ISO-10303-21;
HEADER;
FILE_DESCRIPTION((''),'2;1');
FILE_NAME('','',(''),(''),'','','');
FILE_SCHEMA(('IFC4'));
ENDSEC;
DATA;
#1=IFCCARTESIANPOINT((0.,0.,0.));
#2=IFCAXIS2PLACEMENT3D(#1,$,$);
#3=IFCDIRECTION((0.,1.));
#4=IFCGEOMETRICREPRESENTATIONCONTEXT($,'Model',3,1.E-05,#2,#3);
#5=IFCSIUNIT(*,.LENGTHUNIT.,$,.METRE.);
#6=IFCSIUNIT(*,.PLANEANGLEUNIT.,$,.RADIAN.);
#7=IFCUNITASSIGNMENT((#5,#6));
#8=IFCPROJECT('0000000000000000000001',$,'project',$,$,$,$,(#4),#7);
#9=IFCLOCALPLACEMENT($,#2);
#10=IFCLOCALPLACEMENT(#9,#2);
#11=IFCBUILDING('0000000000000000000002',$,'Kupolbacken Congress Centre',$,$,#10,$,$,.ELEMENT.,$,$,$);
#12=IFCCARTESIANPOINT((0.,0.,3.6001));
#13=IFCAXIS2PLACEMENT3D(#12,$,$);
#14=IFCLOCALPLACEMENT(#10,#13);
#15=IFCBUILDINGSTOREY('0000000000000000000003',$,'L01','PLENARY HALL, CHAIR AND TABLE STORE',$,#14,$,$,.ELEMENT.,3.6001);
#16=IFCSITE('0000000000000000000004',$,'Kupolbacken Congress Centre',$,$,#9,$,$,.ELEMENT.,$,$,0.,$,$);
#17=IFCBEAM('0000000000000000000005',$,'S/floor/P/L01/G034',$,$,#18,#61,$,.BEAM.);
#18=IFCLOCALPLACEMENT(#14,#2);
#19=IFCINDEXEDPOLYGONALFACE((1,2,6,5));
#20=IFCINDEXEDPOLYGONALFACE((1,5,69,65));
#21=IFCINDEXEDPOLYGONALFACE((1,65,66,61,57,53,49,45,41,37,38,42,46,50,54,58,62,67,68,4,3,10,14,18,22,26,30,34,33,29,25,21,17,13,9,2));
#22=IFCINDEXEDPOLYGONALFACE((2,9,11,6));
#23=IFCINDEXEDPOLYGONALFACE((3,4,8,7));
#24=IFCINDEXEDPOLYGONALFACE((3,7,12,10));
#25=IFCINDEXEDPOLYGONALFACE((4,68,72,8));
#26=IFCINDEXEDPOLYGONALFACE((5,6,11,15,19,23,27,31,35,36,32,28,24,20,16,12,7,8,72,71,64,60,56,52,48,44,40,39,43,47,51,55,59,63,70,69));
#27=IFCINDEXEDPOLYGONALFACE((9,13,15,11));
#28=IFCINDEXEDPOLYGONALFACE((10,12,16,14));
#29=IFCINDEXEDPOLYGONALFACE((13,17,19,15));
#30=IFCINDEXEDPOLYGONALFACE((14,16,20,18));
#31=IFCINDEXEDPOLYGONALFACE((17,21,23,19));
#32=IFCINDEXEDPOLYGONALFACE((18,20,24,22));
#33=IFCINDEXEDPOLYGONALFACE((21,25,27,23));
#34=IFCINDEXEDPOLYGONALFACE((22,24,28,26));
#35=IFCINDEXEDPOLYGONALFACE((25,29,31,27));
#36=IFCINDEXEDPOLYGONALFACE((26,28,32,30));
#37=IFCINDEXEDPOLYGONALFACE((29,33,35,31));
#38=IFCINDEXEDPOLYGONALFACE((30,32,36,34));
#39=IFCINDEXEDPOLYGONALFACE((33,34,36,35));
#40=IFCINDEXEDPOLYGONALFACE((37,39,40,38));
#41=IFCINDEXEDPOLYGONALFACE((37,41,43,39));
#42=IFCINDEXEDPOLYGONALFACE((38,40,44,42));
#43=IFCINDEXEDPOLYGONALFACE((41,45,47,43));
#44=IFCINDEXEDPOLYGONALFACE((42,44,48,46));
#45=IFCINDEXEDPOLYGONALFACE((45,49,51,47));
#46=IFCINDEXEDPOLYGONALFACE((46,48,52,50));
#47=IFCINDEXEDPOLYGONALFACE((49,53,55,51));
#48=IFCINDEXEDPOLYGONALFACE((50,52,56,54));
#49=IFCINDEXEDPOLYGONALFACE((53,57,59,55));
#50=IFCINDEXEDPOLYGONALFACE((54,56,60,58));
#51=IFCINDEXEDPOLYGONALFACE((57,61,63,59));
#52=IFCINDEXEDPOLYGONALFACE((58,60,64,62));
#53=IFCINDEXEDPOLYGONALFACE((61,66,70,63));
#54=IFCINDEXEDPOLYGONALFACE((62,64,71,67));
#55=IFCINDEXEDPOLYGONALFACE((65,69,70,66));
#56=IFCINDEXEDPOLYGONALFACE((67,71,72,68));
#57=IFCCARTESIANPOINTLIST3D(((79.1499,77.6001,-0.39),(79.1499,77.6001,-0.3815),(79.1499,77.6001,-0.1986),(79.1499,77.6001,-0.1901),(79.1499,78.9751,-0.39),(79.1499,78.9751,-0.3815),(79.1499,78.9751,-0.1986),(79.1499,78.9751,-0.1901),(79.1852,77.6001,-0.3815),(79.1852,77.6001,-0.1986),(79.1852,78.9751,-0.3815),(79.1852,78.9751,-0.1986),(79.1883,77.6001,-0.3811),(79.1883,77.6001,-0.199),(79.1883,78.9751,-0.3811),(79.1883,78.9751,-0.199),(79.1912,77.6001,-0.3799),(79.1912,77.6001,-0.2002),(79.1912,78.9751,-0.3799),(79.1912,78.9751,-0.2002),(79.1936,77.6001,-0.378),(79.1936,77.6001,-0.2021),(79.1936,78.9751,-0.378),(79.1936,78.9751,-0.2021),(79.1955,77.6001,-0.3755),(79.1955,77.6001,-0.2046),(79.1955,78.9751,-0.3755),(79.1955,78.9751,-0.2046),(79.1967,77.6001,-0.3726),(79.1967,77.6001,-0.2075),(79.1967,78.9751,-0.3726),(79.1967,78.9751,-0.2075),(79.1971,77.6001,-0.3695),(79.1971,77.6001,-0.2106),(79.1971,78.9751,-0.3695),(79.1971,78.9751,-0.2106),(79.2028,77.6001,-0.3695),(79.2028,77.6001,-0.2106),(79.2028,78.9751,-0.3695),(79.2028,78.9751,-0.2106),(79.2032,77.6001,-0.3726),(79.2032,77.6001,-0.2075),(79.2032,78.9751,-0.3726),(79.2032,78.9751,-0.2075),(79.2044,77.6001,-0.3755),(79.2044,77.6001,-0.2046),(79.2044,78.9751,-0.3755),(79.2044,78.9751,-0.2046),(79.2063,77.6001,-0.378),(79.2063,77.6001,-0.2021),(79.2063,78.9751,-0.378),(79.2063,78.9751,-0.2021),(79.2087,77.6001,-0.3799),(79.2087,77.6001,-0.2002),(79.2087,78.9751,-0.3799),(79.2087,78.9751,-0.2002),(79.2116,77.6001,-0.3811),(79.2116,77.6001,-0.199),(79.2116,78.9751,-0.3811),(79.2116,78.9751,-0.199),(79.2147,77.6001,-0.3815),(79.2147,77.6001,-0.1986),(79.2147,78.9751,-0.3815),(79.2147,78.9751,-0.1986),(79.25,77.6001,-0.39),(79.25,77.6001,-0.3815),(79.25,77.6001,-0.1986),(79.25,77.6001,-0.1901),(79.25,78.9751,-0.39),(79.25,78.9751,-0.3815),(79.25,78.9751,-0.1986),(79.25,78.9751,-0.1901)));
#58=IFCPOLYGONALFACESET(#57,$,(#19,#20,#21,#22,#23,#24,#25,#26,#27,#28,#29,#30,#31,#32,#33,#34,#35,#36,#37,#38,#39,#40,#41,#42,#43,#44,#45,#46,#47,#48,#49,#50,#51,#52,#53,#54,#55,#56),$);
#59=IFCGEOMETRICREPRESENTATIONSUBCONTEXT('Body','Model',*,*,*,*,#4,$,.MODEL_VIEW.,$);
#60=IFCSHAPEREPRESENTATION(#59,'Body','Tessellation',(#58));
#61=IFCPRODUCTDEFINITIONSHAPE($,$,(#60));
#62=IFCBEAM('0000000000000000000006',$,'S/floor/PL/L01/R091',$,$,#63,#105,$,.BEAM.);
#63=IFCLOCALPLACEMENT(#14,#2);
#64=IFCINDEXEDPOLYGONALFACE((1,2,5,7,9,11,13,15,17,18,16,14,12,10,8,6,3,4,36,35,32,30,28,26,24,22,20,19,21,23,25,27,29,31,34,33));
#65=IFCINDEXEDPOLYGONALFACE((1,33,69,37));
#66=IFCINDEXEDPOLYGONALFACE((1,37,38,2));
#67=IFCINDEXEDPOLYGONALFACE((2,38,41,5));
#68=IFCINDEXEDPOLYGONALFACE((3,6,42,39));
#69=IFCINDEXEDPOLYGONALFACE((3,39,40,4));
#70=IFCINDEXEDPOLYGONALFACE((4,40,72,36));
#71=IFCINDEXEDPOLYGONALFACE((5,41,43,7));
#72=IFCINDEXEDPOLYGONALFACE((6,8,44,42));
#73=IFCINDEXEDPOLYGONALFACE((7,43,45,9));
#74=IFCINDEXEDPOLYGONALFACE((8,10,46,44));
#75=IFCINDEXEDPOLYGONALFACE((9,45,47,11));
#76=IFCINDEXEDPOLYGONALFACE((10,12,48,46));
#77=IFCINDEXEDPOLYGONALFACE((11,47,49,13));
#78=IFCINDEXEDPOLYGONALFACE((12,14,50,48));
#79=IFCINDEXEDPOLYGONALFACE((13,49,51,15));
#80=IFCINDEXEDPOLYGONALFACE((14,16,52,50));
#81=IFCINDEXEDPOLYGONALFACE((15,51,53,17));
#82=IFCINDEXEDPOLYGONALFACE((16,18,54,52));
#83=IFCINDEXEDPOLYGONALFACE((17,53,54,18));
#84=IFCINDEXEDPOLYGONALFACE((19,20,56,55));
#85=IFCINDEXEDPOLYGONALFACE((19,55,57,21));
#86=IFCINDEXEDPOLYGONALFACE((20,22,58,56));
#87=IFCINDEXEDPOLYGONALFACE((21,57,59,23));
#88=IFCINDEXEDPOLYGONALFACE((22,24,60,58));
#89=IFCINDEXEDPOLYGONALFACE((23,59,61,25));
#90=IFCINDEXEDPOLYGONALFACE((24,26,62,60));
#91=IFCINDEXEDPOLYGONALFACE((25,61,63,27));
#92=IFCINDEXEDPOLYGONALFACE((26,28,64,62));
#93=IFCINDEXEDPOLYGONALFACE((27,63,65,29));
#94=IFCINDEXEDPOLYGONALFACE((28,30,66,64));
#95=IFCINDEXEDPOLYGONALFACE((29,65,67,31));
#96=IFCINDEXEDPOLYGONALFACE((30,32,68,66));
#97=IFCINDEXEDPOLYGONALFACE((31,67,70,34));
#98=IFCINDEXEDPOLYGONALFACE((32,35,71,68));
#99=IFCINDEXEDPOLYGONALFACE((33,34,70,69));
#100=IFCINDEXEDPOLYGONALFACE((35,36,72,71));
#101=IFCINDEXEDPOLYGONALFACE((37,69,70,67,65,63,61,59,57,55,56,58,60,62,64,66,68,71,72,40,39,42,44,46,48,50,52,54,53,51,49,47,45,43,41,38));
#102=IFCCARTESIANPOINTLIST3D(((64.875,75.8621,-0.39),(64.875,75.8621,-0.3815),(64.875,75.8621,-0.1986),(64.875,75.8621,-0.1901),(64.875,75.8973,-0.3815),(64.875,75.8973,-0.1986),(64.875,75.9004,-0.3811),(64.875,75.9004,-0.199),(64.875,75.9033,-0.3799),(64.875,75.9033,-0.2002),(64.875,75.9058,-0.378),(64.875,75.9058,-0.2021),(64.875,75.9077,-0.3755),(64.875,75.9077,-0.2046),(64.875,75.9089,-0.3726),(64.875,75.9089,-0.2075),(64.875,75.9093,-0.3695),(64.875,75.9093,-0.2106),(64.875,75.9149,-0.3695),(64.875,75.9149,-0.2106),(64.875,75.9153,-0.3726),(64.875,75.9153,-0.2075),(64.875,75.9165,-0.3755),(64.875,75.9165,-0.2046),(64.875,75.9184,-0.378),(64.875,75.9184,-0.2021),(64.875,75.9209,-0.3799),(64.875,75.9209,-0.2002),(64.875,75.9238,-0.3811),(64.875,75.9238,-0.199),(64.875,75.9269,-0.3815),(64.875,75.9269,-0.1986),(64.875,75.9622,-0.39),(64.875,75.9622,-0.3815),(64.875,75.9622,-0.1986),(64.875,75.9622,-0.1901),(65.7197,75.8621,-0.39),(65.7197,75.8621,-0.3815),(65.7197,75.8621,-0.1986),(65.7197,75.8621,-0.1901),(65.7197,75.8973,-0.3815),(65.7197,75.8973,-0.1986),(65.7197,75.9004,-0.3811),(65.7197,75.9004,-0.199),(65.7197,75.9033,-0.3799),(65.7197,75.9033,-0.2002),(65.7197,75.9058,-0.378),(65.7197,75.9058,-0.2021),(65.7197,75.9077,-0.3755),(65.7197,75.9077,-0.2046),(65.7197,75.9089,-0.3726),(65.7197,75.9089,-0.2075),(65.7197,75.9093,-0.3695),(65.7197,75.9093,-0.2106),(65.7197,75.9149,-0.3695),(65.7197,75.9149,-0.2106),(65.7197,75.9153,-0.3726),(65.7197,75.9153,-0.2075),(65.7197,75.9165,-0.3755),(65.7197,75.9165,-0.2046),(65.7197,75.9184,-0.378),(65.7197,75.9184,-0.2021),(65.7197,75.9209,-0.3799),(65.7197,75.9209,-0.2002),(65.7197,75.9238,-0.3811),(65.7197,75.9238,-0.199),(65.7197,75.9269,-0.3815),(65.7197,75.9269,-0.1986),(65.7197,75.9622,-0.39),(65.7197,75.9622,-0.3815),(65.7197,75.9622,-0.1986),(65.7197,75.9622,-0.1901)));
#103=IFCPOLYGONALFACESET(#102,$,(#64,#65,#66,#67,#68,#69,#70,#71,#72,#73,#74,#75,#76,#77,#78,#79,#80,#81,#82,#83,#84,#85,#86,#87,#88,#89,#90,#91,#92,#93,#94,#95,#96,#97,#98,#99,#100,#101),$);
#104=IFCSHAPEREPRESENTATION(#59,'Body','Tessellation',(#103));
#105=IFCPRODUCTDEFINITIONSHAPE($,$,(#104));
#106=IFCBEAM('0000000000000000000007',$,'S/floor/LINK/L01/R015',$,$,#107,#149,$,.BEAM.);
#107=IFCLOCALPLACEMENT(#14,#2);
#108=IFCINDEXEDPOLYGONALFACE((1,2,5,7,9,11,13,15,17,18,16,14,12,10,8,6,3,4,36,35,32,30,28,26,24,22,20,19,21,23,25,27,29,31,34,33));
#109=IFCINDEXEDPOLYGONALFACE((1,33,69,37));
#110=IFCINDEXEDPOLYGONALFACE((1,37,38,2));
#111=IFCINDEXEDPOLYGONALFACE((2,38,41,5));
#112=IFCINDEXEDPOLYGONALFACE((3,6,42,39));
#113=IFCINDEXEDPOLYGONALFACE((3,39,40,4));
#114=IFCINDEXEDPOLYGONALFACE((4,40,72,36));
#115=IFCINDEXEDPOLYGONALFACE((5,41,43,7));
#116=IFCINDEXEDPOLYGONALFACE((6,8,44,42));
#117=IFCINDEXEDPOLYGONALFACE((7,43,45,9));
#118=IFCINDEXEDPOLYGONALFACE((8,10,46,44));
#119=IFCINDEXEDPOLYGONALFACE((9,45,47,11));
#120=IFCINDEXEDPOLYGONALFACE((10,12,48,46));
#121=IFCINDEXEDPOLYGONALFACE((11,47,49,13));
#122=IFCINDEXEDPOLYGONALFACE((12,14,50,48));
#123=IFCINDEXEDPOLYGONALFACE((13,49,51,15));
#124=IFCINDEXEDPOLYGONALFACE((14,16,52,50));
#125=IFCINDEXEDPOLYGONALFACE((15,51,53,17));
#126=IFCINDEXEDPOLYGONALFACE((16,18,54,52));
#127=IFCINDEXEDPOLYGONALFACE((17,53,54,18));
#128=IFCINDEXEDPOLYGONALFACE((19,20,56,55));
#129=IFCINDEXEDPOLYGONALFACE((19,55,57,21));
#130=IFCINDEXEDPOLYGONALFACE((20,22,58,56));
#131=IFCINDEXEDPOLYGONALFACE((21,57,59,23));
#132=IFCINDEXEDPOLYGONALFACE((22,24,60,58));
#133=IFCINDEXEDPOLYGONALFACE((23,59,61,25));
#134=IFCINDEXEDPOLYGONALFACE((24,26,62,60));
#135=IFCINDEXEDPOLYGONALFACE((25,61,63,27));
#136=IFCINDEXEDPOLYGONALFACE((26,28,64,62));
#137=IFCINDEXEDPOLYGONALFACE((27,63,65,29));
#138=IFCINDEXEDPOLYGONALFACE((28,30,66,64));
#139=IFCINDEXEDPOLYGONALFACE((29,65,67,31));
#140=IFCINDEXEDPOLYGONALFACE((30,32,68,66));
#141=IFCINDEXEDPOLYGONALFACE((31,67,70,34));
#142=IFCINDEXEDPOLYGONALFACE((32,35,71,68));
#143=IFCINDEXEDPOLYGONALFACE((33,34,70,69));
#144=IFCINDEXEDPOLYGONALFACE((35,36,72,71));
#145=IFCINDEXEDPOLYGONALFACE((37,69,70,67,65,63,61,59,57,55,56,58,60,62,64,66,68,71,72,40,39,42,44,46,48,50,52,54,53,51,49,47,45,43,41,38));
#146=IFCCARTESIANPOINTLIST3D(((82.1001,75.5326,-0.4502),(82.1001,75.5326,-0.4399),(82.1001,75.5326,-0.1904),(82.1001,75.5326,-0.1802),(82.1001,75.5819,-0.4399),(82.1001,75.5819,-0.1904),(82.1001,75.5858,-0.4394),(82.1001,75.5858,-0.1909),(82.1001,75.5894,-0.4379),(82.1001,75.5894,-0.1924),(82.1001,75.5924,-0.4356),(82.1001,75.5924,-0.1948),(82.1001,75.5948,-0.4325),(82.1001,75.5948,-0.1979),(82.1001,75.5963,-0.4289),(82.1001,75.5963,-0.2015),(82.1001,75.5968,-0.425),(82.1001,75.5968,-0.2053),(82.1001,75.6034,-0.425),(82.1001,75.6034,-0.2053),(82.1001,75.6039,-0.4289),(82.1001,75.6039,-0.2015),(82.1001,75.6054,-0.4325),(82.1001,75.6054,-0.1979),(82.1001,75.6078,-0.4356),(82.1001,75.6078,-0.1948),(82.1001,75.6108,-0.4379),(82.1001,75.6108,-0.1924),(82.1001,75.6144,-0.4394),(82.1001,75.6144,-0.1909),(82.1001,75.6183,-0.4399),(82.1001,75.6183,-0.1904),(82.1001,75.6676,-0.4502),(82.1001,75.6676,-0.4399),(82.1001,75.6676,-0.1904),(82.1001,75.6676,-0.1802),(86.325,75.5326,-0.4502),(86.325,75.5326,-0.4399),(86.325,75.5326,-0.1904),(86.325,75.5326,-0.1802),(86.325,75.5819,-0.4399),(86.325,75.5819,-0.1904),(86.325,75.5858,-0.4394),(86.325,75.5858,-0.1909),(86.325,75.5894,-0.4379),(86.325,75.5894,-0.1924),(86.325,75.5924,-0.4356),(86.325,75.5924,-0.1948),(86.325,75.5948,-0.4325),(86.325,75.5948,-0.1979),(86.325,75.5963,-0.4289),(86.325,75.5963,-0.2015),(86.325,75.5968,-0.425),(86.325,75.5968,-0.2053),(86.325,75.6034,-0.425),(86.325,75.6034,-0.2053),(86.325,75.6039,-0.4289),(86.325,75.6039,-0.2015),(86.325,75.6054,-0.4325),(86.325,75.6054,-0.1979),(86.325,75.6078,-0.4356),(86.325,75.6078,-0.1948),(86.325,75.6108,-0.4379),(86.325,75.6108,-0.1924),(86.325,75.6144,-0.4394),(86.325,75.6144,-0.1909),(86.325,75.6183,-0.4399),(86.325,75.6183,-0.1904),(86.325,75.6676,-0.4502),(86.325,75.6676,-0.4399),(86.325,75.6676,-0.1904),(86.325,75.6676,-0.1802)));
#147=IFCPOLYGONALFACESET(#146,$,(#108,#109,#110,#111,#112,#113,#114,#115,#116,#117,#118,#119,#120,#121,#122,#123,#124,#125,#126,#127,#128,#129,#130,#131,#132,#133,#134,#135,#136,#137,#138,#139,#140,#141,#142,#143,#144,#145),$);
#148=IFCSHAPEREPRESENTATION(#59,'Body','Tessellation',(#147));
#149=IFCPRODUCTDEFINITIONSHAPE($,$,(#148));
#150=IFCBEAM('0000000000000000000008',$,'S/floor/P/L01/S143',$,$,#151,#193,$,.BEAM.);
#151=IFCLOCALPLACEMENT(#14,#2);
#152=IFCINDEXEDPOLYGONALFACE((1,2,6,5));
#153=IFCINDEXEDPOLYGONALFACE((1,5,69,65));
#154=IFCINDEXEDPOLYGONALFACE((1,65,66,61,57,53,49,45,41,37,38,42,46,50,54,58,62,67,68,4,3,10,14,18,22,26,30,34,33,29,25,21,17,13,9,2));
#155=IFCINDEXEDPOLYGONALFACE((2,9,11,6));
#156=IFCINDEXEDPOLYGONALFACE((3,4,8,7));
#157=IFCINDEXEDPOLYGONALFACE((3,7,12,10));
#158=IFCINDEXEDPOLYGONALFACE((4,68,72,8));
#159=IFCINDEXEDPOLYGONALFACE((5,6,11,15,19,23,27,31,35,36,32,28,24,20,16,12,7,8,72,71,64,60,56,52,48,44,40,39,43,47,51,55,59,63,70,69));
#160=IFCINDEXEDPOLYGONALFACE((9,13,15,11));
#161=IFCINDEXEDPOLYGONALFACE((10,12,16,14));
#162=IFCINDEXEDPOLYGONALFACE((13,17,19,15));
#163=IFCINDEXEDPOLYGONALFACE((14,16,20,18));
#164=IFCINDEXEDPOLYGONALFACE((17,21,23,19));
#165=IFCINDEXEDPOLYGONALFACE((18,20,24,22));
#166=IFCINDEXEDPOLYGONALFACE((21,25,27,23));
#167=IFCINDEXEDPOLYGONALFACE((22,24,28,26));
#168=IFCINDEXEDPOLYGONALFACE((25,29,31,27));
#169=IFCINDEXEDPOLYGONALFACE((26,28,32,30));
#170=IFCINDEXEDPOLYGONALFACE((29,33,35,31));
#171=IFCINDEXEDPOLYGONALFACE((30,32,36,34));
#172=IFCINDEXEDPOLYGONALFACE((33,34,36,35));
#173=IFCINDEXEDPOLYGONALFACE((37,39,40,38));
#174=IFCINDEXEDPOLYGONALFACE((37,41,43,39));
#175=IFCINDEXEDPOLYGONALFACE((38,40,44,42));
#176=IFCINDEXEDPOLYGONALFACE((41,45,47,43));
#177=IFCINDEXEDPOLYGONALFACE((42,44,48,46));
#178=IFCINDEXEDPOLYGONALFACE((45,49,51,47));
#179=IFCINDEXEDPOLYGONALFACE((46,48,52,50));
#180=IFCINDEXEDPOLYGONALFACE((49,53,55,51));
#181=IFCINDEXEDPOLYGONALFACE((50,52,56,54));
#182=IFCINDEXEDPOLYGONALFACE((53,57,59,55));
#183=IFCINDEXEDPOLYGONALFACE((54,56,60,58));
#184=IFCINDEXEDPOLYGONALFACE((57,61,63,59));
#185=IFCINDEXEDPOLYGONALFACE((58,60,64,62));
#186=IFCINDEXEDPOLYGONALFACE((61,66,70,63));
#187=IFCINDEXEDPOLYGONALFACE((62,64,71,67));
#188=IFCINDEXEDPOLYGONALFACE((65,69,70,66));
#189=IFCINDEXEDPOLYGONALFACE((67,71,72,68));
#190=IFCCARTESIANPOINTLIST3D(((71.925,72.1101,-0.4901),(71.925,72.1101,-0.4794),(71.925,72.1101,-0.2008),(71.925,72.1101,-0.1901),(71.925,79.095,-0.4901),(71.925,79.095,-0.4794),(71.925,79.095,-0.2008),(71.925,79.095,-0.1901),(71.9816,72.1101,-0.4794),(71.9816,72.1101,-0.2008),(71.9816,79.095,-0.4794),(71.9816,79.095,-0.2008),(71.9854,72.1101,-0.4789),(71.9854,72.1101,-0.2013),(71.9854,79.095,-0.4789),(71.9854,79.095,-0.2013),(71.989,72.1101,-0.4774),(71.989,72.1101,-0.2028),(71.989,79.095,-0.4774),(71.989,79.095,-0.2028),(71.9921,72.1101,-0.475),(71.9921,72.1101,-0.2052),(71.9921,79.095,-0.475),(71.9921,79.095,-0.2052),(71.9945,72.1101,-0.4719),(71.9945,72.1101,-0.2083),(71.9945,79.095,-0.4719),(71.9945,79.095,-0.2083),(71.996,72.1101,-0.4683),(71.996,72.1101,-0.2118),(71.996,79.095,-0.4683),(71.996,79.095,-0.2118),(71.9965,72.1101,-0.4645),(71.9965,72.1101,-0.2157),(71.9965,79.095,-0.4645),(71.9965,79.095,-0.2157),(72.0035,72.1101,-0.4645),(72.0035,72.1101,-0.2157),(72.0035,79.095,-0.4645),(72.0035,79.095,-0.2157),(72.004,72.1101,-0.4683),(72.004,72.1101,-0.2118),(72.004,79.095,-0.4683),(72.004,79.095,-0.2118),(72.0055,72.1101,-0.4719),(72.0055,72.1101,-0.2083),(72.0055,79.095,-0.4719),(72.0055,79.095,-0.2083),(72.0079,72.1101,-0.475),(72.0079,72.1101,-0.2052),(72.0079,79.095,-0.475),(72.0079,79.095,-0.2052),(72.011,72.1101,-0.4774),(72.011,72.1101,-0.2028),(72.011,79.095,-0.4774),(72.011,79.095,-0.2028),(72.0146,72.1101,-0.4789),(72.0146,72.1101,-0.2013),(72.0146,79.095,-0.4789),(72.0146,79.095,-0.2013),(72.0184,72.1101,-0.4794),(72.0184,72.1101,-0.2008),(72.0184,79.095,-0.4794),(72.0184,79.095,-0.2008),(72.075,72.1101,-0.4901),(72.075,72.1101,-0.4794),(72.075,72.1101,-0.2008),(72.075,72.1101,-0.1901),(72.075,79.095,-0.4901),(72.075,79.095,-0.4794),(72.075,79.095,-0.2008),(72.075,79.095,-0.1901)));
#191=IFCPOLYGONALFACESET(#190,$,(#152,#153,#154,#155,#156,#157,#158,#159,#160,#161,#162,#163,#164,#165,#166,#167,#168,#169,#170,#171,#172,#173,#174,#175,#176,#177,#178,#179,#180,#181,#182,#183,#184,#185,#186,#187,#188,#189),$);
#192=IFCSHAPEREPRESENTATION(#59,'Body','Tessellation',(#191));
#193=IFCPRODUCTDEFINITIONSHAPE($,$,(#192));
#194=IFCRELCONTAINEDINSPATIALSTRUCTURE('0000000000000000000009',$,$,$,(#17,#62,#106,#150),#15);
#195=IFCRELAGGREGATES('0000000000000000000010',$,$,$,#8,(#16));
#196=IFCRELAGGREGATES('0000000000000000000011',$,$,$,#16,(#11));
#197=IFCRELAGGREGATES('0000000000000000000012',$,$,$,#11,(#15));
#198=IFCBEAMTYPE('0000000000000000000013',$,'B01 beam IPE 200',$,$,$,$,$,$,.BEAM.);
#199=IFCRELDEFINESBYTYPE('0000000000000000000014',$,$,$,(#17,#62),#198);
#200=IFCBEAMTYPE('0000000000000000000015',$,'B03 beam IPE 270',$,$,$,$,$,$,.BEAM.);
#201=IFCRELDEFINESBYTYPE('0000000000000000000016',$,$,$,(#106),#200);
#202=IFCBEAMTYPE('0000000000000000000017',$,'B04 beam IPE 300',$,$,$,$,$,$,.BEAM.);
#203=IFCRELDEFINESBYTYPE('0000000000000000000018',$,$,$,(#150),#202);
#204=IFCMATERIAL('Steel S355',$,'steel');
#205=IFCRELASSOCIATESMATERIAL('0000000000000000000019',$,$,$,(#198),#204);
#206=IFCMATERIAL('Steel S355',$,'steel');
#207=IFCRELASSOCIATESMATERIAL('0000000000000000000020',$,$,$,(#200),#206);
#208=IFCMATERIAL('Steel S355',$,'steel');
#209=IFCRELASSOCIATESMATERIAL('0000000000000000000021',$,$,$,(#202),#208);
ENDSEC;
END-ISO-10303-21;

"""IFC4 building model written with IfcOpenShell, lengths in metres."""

from ifc_helpers import new_model, si_unit, direction, frame, origin, origin_2d, place, context, subcontext, project, spatial, i_section, extrude, material, material_profile, profile_set, type_object, element, save


model = new_model("IFC4")

# Units and contexts
model_context = context("Model", 3, precision=1e-05, world=origin(), true_north=direction((0.0, 1.0)))
body_context = subcontext(model_context, "Body", "Model", "MODEL_VIEW")
ifc_project = project(units=[si_unit("LENGTHUNIT", "METRE"), si_unit("PLANEANGLEUNIT", "RADIAN")], contexts=[model_context])

# Site, building, storey
site_placement = place(None, origin())
site = spatial("IfcSite", under=ifc_project, at=site_placement, Name="Kupolbacken Congress Centre", CompositionType="ELEMENT", RefElevation=0.0)
building_placement = place(site_placement, origin())
building = spatial("IfcBuilding", under=site, at=building_placement, Name="Kupolbacken Congress Centre", CompositionType="ELEMENT")
storey_placement = place(building_placement, frame((0.0, 0.0, 3.6001)))
storey = spatial("IfcBuildingStorey", under=building, at=storey_placement, Name="L01", Description="PLENARY HALL, CHAIR AND TABLE STORE", CompositionType="ELEMENT", Elevation=3.6001)

# Beams
ifc_material_1 = material(Name="Steel S355", Category="steel")
ifc_material_profile_1 = material_profile(ifc_material_1, i_section(OverallWidth=0.1001, OverallDepth=0.2, WebThickness=0.0056, FlangeThickness=0.0085, FilletRadius=0.012, at=origin_2d()), Name="IPE 200")
ifc_profile_set_1 = profile_set([ifc_material_profile_1], Name="Steel S355")
beam_type_1 = type_object("IfcBeamType", Name="B01 beam IPE 200", PredefinedType="BEAM", material=ifc_profile_set_1)
beam_1_placement = place(storey_placement, frame((79.2, 77.6001, -0.29), z_axis=(0.0, 1.0, 0.0), x_axis=(-1.0, 0.0, 0.0)))
element("IfcBeam", 1, at=beam_1_placement, inside=storey, type_object=beam_type_1, Name="S/floor/P/L01/G034", PredefinedType="BEAM", context=body_context, shape_type="SweptSolid", body=[
    extrude(i_section(OverallWidth=0.1001, OverallDepth=0.2, WebThickness=0.0056, FlangeThickness=0.0085, FilletRadius=0.012, at=origin_2d()), origin(), (0.0, 0.0, 1.0), 1.375),
])
beam_2_placement = place(storey_placement, frame((64.875, 75.9121, -0.29), z_axis=(1.0, 0.0, 0.0), x_axis=(0.0, 1.0, 0.0)))
element("IfcBeam", 2, at=beam_2_placement, inside=storey, type_object=beam_type_1, Name="S/floor/PL/L01/R091", PredefinedType="BEAM", context=body_context, shape_type="SweptSolid", body=[
    extrude(i_section(OverallWidth=0.1001, OverallDepth=0.2, WebThickness=0.0056, FlangeThickness=0.0085, FilletRadius=0.012, at=origin_2d()), origin(), (0.0, 0.0, 1.0), 0.8447),
])
ifc_material_2 = material(Name="Steel S355", Category="steel")
ifc_material_profile_2 = material_profile(ifc_material_2, i_section(OverallWidth=0.135, OverallDepth=0.27, WebThickness=0.0066, FlangeThickness=0.0103, FilletRadius=0.0149, at=origin_2d()), Name="IPE 270")
ifc_profile_set_2 = profile_set([ifc_material_profile_2], Name="Steel S355")
beam_type_2 = type_object("IfcBeamType", Name="B03 beam IPE 270", PredefinedType="BEAM", material=ifc_profile_set_2)
beam_3_placement = place(storey_placement, frame((82.1001, 75.6001, -0.3152), z_axis=(1.0, 0.0, 0.0), x_axis=(0.0, 1.0, 0.0)))
element("IfcBeam", 3, at=beam_3_placement, inside=storey, type_object=beam_type_2, Name="S/floor/LINK/L01/R015", PredefinedType="BEAM", context=body_context, shape_type="SweptSolid", body=[
    extrude(i_section(OverallWidth=0.135, OverallDepth=0.27, WebThickness=0.0066, FlangeThickness=0.0103, FilletRadius=0.0149, at=origin_2d()), origin(), (0.0, 0.0, 1.0), 4.2249),
])
ifc_material_3 = material(Name="Steel S355", Category="steel")
ifc_material_profile_3 = material_profile(ifc_material_3, i_section(OverallWidth=0.1499, OverallDepth=0.3, WebThickness=0.0071, FlangeThickness=0.0107, FilletRadius=0.0149, at=origin_2d()), Name="IPE 300")
ifc_profile_set_3 = profile_set([ifc_material_profile_3], Name="Steel S355")
beam_type_3 = type_object("IfcBeamType", Name="B04 beam IPE 300", PredefinedType="BEAM", material=ifc_profile_set_3)
for number, where, z_axis, x_axis, name in (
    (4, (72.0, 72.1101, -0.3401), (0.0, 1.0, 0.0), (-1.0, 0.0, 0.0), "S/floor/P/L01/S143"),
):
    element("IfcBeam", number, at=place(storey_placement, frame(where, z_axis=z_axis, x_axis=x_axis)), inside=storey, type_object=beam_type_3, Name=name, PredefinedType="BEAM", context=body_context, shape_type="SweptSolid", body=[
        extrude(i_section(OverallWidth=0.1499, OverallDepth=0.3, WebThickness=0.0071, FlangeThickness=0.0107, FilletRadius=0.0149, at=origin_2d()), origin(), (0.0, 0.0, 1.0), 6.9849),
    ])

save(model, "model.ifc")
